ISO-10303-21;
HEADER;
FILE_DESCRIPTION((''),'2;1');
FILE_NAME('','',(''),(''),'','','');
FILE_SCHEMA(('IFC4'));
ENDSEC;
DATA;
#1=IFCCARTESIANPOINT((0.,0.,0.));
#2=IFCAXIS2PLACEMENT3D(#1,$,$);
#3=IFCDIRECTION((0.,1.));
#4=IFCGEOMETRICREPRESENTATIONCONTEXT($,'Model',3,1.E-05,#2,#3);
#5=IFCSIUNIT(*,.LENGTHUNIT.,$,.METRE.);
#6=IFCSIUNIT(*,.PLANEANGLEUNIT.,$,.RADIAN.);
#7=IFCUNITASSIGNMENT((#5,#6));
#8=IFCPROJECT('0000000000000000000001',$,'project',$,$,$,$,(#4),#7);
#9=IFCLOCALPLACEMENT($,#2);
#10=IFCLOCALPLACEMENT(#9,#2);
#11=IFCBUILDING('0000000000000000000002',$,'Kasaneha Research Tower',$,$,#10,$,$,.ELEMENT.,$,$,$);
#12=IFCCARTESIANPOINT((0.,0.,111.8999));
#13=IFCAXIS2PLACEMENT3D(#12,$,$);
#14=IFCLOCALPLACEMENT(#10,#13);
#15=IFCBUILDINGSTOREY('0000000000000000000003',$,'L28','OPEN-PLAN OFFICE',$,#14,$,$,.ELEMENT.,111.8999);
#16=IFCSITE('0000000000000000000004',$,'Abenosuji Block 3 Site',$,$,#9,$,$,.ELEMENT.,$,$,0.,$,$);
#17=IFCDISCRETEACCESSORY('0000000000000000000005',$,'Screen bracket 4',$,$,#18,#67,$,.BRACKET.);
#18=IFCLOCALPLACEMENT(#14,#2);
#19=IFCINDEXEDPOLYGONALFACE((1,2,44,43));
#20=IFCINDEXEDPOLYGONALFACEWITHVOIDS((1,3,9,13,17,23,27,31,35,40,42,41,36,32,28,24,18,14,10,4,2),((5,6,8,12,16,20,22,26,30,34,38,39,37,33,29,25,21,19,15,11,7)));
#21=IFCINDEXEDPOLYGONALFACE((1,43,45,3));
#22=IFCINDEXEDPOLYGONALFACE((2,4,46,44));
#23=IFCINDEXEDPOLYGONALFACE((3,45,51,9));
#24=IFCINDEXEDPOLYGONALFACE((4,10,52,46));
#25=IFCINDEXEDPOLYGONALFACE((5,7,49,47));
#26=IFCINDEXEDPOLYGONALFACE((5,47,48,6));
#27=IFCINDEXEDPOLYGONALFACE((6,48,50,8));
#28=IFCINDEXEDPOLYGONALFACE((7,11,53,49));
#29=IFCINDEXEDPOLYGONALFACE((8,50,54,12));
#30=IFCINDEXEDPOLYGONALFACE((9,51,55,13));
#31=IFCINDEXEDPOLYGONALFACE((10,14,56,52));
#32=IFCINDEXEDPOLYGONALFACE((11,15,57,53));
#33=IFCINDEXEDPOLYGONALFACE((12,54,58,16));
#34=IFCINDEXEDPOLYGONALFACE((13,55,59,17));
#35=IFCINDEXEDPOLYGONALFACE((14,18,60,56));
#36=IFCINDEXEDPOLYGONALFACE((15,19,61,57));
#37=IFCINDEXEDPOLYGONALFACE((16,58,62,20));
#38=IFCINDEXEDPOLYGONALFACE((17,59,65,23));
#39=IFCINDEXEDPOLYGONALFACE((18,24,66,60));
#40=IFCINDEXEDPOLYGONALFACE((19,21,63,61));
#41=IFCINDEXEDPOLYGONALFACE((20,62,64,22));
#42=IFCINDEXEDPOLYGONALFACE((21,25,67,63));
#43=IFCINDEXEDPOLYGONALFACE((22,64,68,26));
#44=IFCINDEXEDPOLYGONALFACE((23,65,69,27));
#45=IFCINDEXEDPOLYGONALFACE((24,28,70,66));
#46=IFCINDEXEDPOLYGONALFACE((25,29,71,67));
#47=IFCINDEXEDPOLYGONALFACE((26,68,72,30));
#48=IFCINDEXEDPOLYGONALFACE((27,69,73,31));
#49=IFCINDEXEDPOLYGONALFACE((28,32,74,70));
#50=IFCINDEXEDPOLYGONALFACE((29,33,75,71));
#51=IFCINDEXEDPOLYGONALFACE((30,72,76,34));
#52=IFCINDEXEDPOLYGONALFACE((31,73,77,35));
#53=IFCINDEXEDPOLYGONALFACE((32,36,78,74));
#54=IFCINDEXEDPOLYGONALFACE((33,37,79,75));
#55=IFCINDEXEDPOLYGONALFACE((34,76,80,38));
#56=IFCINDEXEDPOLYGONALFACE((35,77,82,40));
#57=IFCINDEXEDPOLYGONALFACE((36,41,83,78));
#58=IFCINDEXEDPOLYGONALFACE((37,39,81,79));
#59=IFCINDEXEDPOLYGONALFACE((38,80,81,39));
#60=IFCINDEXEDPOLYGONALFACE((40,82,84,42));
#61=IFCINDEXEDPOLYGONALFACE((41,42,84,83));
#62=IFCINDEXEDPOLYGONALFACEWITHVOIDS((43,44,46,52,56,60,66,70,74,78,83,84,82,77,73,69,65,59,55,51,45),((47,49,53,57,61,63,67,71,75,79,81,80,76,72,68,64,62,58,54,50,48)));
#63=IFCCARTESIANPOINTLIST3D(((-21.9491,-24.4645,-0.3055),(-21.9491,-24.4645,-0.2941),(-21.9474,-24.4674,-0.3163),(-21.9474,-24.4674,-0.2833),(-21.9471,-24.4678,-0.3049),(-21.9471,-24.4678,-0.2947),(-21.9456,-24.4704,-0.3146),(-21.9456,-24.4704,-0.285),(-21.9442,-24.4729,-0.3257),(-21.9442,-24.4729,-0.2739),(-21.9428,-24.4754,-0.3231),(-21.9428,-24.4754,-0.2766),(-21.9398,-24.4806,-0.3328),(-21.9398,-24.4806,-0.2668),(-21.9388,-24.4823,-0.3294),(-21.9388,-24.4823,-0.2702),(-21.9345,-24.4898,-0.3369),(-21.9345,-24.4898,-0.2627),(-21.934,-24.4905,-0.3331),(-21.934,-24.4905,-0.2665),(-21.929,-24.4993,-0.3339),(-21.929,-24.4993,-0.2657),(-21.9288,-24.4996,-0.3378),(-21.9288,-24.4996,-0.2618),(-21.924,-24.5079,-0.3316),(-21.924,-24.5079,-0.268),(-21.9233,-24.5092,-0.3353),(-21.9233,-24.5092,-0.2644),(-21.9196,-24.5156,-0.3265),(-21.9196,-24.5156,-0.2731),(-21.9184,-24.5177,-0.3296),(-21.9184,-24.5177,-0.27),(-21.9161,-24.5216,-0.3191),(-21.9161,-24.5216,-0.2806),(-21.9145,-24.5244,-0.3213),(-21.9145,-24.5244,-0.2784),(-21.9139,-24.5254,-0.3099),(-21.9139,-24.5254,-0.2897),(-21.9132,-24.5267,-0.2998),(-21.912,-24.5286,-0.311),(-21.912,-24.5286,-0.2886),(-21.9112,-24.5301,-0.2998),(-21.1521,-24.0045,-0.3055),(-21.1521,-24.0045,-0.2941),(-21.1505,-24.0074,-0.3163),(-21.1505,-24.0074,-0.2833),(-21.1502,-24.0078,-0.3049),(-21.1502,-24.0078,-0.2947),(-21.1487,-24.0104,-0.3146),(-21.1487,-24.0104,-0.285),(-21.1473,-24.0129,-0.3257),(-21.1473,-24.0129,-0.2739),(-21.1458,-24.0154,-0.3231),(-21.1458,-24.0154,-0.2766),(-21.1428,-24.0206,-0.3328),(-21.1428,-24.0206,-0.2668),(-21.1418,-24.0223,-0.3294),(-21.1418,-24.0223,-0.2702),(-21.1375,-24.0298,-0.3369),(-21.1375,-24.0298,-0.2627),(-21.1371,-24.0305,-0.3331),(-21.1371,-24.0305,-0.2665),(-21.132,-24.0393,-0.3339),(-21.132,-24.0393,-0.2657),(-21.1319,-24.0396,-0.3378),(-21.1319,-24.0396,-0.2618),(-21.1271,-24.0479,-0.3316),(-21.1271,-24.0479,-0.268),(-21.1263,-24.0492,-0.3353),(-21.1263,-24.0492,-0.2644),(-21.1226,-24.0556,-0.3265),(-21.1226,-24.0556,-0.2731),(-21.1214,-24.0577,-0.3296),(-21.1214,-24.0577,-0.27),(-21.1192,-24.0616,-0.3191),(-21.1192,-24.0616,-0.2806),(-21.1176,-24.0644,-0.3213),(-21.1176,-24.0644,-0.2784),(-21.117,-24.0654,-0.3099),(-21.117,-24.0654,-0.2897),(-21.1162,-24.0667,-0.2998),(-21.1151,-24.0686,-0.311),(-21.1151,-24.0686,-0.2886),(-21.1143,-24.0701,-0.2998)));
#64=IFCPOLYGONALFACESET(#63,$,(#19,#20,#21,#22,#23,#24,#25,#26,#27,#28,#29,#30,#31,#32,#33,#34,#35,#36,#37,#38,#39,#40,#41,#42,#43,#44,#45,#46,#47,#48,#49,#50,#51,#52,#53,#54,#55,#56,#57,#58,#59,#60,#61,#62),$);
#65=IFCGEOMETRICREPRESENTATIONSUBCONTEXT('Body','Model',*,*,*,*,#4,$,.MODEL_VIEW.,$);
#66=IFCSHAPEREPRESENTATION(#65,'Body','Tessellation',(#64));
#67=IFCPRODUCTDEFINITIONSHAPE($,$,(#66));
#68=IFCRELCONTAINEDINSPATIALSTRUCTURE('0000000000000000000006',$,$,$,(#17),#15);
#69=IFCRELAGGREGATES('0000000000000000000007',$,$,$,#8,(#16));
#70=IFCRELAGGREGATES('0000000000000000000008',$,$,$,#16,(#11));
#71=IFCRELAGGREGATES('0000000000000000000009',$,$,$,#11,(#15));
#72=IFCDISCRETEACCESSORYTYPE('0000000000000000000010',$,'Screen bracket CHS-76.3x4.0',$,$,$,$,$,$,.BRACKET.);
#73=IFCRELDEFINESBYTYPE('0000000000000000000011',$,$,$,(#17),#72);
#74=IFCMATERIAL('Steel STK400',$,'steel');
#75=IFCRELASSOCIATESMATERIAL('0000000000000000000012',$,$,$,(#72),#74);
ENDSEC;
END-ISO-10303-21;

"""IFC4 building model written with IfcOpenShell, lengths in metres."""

from ifc_helpers import new_model, si_unit, direction, frame, origin, origin_2d, place, context, subcontext, project, spatial, hollow_circle, extrude, material, material_profile, profile_set, type_object, element, save


model = new_model("IFC4")

# Units and contexts
model_context = context("Model", 3, precision=1e-05, world=origin(), true_north=direction((0.0, 1.0)))
body_context = subcontext(model_context, "Body", "Model", "MODEL_VIEW")
ifc_project = project(units=[si_unit("LENGTHUNIT", "METRE"), si_unit("PLANEANGLEUNIT", "RADIAN")], contexts=[model_context])

# Site, building, storey
site_placement = place(None, origin())
site = spatial("IfcSite", under=ifc_project, at=site_placement, Name="Abenosuji Block 3 Site", CompositionType="ELEMENT", RefElevation=0.0)
building_placement = place(site_placement, origin())
building = spatial("IfcBuilding", under=site, at=building_placement, Name="Kasaneha Research Tower", CompositionType="ELEMENT")
storey_placement = place(building_placement, frame((0.0, 0.0, 111.8999)))
storey = spatial("IfcBuildingStorey", under=building, at=storey_placement, Name="L28", Description="OPEN-PLAN OFFICE", CompositionType="ELEMENT", Elevation=111.8999)

# Discrete accessory
ifc_material_1 = material(Name="Steel STK400", Category="steel")
ifc_material_profile_1 = material_profile(ifc_material_1, hollow_circle(Radius=0.0381, WallThickness=0.0039, at=origin_2d()), Name="CHS-76.3x4.0")
ifc_profile_set_1 = profile_set([ifc_material_profile_1], Name="Steel STK400")
discrete_accessory_type = type_object("IfcDiscreteAccessoryType", Name="Screen bracket CHS-76.3x4.0", PredefinedType="BRACKET", material=ifc_profile_set_1)
for number, where, z_axis, x_axis, name in (
    (1, (-21.1333, -24.0371, -0.2998), (-0.86608, -0.499906, 0.0), (0.499906, -0.86608, 0.0), "Screen bracket 4"),
):
    element("IfcDiscreteAccessory", number, at=place(storey_placement, frame(where, z_axis=z_axis, x_axis=x_axis)), inside=storey, type_object=discrete_accessory_type, Name=name, PredefinedType="BRACKET", context=body_context, shape_type="SweptSolid", body=[
        extrude(hollow_circle(Radius=0.0381, WallThickness=0.0039, at=origin_2d()), origin(), (0.0, 0.0, 1.0), 0.9202),
    ])

save(model, "model.ifc")
